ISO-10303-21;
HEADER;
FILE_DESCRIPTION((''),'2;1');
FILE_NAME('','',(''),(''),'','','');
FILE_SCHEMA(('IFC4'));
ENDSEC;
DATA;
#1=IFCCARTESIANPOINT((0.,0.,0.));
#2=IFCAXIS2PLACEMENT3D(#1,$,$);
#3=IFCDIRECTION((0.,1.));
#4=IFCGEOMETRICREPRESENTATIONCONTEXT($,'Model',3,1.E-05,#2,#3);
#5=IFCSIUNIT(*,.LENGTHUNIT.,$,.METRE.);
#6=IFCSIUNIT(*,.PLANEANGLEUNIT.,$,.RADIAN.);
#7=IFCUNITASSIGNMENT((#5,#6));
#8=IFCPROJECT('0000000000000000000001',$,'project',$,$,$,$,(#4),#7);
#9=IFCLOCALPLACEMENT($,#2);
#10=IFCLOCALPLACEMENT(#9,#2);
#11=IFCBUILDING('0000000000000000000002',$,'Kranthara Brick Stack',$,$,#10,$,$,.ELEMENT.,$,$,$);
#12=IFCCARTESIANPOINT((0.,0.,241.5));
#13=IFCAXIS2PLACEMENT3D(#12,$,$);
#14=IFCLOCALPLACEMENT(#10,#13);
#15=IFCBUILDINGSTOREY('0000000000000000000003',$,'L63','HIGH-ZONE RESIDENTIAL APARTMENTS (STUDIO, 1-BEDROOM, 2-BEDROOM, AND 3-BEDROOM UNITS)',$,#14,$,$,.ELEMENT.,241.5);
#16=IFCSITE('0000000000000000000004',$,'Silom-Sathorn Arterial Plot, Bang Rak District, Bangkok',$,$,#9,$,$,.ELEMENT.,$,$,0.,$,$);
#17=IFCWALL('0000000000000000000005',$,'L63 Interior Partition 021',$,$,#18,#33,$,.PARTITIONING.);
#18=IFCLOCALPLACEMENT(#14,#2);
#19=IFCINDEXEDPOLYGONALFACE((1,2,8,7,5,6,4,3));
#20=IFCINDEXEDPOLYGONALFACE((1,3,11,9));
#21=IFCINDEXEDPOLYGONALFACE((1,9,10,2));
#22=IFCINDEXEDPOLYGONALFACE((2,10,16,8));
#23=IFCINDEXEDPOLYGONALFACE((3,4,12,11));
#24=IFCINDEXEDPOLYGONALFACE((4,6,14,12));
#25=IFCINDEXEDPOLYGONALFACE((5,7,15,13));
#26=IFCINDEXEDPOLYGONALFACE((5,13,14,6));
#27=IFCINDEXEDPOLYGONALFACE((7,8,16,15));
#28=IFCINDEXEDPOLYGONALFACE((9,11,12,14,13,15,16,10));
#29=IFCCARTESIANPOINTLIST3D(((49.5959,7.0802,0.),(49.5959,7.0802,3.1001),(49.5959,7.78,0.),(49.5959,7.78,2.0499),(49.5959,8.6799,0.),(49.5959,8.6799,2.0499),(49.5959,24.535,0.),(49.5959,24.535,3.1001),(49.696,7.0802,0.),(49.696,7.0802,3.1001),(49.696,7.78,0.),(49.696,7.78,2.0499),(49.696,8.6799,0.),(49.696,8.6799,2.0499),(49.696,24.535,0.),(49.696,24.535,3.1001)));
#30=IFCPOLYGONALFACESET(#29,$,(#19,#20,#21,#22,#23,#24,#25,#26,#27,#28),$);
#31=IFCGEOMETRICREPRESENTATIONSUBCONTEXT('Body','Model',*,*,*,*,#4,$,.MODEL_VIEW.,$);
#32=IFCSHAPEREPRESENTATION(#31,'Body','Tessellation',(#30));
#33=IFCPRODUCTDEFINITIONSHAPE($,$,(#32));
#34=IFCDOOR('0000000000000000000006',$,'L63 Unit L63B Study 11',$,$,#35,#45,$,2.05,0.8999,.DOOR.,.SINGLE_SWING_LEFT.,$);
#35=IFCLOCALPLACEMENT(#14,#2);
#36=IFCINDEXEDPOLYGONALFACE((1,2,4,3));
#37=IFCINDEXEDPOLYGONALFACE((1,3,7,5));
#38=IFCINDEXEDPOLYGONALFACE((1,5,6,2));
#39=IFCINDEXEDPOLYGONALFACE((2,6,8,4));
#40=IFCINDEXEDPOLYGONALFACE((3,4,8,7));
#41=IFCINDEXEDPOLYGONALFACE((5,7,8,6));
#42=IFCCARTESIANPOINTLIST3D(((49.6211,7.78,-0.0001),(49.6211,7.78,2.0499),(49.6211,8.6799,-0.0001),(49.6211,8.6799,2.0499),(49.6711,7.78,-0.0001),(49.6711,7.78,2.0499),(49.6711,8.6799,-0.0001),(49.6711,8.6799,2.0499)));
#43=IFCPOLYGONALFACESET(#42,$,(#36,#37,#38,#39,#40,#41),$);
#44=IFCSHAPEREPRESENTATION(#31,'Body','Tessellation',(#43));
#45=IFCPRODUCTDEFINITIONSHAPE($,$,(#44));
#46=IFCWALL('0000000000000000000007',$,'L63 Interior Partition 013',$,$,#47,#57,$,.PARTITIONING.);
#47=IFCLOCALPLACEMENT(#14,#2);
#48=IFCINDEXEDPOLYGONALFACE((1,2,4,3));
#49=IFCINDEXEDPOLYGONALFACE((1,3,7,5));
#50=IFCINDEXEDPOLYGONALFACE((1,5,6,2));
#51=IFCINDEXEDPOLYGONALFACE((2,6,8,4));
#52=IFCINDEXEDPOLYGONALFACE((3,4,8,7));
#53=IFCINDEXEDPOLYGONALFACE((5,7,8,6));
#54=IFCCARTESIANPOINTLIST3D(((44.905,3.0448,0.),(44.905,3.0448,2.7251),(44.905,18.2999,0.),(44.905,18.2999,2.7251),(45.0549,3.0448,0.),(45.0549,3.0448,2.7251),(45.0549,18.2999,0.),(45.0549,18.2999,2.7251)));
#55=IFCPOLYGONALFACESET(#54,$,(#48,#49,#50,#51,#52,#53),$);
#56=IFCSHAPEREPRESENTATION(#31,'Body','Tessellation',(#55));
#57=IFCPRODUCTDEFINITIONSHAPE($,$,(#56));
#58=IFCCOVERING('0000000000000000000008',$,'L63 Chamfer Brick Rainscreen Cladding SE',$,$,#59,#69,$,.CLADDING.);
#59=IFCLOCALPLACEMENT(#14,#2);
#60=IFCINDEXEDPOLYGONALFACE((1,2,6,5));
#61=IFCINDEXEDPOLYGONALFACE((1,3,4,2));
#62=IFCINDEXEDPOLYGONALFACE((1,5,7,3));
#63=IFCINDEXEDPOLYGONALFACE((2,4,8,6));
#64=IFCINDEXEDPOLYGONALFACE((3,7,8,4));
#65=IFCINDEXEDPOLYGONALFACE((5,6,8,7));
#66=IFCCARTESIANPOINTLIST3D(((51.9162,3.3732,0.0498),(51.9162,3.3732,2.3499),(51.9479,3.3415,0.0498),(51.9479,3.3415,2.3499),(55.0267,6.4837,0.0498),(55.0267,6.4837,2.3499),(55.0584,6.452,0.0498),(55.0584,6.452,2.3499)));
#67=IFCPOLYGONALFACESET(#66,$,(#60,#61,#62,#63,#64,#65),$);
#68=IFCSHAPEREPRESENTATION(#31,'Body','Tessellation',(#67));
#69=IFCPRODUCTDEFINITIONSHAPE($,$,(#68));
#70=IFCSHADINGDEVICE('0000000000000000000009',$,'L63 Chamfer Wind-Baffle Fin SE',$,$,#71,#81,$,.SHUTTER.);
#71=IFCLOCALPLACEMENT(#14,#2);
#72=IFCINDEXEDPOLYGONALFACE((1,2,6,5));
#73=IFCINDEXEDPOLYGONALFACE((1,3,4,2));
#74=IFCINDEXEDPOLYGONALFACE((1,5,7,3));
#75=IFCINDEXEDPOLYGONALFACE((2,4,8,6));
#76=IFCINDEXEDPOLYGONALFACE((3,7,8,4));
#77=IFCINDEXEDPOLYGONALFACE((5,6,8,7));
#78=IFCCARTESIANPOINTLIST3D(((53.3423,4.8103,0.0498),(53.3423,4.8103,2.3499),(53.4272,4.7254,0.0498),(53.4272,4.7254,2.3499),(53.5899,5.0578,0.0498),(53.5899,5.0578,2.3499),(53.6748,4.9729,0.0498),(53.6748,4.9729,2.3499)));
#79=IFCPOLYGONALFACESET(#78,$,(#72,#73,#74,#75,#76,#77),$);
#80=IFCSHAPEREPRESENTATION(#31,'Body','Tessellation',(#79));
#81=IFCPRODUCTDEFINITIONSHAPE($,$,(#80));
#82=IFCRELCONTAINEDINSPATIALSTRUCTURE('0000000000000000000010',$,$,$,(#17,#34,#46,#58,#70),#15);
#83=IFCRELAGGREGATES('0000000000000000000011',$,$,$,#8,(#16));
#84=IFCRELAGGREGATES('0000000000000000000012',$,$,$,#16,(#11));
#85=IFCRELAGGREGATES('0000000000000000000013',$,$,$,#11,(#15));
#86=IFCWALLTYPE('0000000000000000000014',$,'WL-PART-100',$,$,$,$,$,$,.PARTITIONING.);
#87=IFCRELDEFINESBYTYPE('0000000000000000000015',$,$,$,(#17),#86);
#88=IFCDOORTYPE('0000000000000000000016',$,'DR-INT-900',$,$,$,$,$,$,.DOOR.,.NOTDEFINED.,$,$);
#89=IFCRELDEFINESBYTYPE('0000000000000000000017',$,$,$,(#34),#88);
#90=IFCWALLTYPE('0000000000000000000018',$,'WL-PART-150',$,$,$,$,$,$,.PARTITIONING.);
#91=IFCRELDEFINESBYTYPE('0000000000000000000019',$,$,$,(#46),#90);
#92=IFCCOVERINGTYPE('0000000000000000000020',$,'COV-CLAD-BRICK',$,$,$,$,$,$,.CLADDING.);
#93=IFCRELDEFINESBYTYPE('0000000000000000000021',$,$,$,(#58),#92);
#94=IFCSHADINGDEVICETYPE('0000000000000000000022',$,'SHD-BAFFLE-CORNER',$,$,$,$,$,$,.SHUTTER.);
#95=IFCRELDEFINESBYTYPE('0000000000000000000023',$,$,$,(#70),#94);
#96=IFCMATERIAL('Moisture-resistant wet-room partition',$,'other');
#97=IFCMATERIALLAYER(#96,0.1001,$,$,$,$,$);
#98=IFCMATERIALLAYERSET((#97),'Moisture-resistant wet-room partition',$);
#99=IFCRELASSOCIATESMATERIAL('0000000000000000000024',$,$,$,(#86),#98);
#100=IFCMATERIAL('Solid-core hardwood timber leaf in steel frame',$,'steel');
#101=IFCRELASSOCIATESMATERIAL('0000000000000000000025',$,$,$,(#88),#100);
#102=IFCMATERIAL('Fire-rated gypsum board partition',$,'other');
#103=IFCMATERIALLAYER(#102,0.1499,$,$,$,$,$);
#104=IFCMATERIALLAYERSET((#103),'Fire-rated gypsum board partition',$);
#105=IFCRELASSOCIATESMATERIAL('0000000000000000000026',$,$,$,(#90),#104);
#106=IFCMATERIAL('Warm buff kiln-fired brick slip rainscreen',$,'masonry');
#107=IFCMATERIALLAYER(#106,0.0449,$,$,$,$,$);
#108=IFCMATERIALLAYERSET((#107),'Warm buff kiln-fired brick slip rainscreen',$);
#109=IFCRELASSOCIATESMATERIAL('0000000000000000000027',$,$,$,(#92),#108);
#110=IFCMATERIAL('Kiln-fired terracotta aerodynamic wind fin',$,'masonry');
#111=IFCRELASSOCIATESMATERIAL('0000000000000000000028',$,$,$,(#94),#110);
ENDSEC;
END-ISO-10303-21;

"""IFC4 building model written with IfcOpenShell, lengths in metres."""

from ifc_helpers import new_model, si_unit, direction, frame, frame_2d, origin, origin_2d, place, context, subcontext, project, spatial, rectangle, extrude, material, layer, layer_set, type_object, element, fill, save


model = new_model("IFC4")

# Units and contexts
model_context = context("Model", 3, precision=1e-05, world=origin(), true_north=direction((0.0, 1.0)))
body_context = subcontext(model_context, "Body", "Model", "MODEL_VIEW")
ifc_project = project(units=[si_unit("LENGTHUNIT", "METRE"), si_unit("PLANEANGLEUNIT", "RADIAN")], contexts=[model_context])

# Site, building, storey
site_placement = place(None, origin())
site = spatial("IfcSite", under=ifc_project, at=site_placement, Name="Silom-Sathorn Arterial Plot, Bang Rak District, Bangkok", CompositionType="ELEMENT", RefElevation=0.0)
building_placement = place(site_placement, origin())
building = spatial("IfcBuilding", under=site, at=building_placement, Name="Kranthara Brick Stack", CompositionType="ELEMENT")
storey_placement = place(building_placement, frame((0.0, 0.0, 241.5)))
storey = spatial("IfcBuildingStorey", under=building, at=storey_placement, Name="L63", Description="HIGH-ZONE RESIDENTIAL APARTMENTS (STUDIO, 1-BEDROOM, 2-BEDROOM, AND 3-BEDROOM UNITS)", CompositionType="ELEMENT", Elevation=241.5)

# Wall, opening, door
ifc_material_1 = material(Name="Moisture-resistant wet-room partition", Category="other")
ifc_layer_1 = layer(ifc_material_1, 0.1001)
ifc_layer_set_1 = layer_set([ifc_layer_1], Name="Moisture-resistant wet-room partition")
wall_type_1 = type_object("IfcWallType", Name="WL-PART-100", PredefinedType="PARTITIONING", material=ifc_layer_set_1)
ifc_material_2 = material(Name="Solid-core hardwood timber leaf in steel frame", Category="steel")
door_type_1 = type_object("IfcDoorType", Name="DR-INT-900", OperationType="NOTDEFINED", PredefinedType="DOOR", material=ifc_material_2)
wall_1_placement = place(storey_placement, frame((49.646, 7.0801, 0.0), z_axis=(0.0, 0.0, 1.0), x_axis=(0.0, 1.0, 0.0)))
wall_1 = element("IfcWall", 1, at=wall_1_placement, inside=storey, type_object=wall_type_1, Name="L63 Interior Partition 021", PredefinedType="PARTITIONING", context=body_context, shape_type="SweptSolid", body=[
    extrude(rectangle(XDim=17.4548, YDim=0.1001, at=frame_2d((8.7275, 0.0))), origin(), (0.0, 0.0, 1.0), 3.1001),
])
opening_1_placement = place(wall_1_placement, frame((0.7, 0.0, 0.0)))
opening_1 = element("IfcOpeningElement", 2, at=opening_1_placement, cuts=wall_1, PredefinedType="OPENING", context=body_context, shape_type="SweptSolid", body=[
    extrude(rectangle(XDim=0.8999, YDim=2.05, at=frame_2d((0.45, 1.0249))), frame((0.0, 0.0601, 0.0), z_axis=(0.0, -1.0, 0.0), x_axis=(1.0, 0.0, 0.0)), (0.0, 0.0, 1.0), 0.1201),
])
door_1_placement = place(opening_1_placement, origin())
door_1 = element("IfcDoor", 3, at=door_1_placement, inside=storey, type_object=door_type_1, Name="L63 Unit L63B Study 11", OperationType="SINGLE_SWING_LEFT", OverallHeight=2.05, OverallWidth=0.8999, PredefinedType="DOOR", context=body_context, shape_type="SweptSolid", body=[
    extrude(rectangle(XDim=0.8999, YDim=2.05, at=frame_2d((0.45, 1.0249))), frame((0.0, 0.0249, 0.0), z_axis=(0.0, -1.0, 0.0), x_axis=(1.0, 0.0, 0.0)), (0.0, 0.0, 1.0), 0.05),
])
fill(opening_1, door_1)

# Wall
ifc_material_3 = material(Name="Fire-rated gypsum board partition", Category="other")
ifc_layer_2 = layer(ifc_material_3, 0.1499)
ifc_layer_set_2 = layer_set([ifc_layer_2], Name="Fire-rated gypsum board partition")
wall_type_2 = type_object("IfcWallType", Name="WL-PART-150", PredefinedType="PARTITIONING", material=ifc_layer_set_2)
wall_2_placement = place(storey_placement, frame((44.98, 3.0449, 0.0), z_axis=(0.0, 0.0, 1.0), x_axis=(0.0, 1.0, 0.0)))
element("IfcWall", 4, at=wall_2_placement, inside=storey, type_object=wall_type_2, Name="L63 Interior Partition 013", PredefinedType="PARTITIONING", context=body_context, shape_type="SweptSolid", body=[
    extrude(rectangle(XDim=15.2551, YDim=0.1499, at=frame_2d((7.6274, 0.0))), origin(), (0.0, 0.0, 1.0), 2.7251),
])

# Covering
ifc_material_4 = material(Name="Warm buff kiln-fired brick slip rainscreen", Category="masonry")
ifc_layer_3 = layer(ifc_material_4, 0.0449)
ifc_layer_set_3 = layer_set([ifc_layer_3], Name="Warm buff kiln-fired brick slip rainscreen")
covering_type = type_object("IfcCoveringType", Name="COV-CLAD-BRICK", PredefinedType="CLADDING", material=ifc_layer_set_3)
covering_placement = place(storey_placement, frame((53.4873, 4.9126, 0.0498), z_axis=(0.0, 0.0, 1.0), x_axis=(-0.707107, -0.707107, 0.0)))
element("IfcCovering", 5, at=covering_placement, inside=storey, type_object=covering_type, Name="L63 Chamfer Brick Rainscreen Cladding SE", PredefinedType="CLADDING", context=body_context, shape_type="SweptSolid", body=[
    extrude(rectangle(XDim=4.3989, YDim=0.0449, at=origin_2d()), origin(), (0.0, 0.0, 1.0), 2.3),
])

# Shading device
ifc_material_5 = material(Name="Kiln-fired terracotta aerodynamic wind fin", Category="masonry")
shading_device_type = type_object("IfcShadingDeviceType", Name="SHD-BAFFLE-CORNER", PredefinedType="SHUTTER", material=ifc_material_5)
shading_device_placement = place(storey_placement, frame((53.5085, 4.8916, 0.0498), z_axis=(0.0, 0.0, 1.0), x_axis=(-0.707107, -0.707107, 0.0)))
element("IfcShadingDevice", 6, at=shading_device_placement, inside=storey, type_object=shading_device_type, Name="L63 Chamfer Wind-Baffle Fin SE", PredefinedType="SHUTTER", context=body_context, shape_type="SweptSolid", body=[
    extrude(rectangle(XDim=0.3501, YDim=0.1201, at=origin_2d()), origin(), (0.0, 0.0, 1.0), 2.3),
])

save(model, "model.ifc")
